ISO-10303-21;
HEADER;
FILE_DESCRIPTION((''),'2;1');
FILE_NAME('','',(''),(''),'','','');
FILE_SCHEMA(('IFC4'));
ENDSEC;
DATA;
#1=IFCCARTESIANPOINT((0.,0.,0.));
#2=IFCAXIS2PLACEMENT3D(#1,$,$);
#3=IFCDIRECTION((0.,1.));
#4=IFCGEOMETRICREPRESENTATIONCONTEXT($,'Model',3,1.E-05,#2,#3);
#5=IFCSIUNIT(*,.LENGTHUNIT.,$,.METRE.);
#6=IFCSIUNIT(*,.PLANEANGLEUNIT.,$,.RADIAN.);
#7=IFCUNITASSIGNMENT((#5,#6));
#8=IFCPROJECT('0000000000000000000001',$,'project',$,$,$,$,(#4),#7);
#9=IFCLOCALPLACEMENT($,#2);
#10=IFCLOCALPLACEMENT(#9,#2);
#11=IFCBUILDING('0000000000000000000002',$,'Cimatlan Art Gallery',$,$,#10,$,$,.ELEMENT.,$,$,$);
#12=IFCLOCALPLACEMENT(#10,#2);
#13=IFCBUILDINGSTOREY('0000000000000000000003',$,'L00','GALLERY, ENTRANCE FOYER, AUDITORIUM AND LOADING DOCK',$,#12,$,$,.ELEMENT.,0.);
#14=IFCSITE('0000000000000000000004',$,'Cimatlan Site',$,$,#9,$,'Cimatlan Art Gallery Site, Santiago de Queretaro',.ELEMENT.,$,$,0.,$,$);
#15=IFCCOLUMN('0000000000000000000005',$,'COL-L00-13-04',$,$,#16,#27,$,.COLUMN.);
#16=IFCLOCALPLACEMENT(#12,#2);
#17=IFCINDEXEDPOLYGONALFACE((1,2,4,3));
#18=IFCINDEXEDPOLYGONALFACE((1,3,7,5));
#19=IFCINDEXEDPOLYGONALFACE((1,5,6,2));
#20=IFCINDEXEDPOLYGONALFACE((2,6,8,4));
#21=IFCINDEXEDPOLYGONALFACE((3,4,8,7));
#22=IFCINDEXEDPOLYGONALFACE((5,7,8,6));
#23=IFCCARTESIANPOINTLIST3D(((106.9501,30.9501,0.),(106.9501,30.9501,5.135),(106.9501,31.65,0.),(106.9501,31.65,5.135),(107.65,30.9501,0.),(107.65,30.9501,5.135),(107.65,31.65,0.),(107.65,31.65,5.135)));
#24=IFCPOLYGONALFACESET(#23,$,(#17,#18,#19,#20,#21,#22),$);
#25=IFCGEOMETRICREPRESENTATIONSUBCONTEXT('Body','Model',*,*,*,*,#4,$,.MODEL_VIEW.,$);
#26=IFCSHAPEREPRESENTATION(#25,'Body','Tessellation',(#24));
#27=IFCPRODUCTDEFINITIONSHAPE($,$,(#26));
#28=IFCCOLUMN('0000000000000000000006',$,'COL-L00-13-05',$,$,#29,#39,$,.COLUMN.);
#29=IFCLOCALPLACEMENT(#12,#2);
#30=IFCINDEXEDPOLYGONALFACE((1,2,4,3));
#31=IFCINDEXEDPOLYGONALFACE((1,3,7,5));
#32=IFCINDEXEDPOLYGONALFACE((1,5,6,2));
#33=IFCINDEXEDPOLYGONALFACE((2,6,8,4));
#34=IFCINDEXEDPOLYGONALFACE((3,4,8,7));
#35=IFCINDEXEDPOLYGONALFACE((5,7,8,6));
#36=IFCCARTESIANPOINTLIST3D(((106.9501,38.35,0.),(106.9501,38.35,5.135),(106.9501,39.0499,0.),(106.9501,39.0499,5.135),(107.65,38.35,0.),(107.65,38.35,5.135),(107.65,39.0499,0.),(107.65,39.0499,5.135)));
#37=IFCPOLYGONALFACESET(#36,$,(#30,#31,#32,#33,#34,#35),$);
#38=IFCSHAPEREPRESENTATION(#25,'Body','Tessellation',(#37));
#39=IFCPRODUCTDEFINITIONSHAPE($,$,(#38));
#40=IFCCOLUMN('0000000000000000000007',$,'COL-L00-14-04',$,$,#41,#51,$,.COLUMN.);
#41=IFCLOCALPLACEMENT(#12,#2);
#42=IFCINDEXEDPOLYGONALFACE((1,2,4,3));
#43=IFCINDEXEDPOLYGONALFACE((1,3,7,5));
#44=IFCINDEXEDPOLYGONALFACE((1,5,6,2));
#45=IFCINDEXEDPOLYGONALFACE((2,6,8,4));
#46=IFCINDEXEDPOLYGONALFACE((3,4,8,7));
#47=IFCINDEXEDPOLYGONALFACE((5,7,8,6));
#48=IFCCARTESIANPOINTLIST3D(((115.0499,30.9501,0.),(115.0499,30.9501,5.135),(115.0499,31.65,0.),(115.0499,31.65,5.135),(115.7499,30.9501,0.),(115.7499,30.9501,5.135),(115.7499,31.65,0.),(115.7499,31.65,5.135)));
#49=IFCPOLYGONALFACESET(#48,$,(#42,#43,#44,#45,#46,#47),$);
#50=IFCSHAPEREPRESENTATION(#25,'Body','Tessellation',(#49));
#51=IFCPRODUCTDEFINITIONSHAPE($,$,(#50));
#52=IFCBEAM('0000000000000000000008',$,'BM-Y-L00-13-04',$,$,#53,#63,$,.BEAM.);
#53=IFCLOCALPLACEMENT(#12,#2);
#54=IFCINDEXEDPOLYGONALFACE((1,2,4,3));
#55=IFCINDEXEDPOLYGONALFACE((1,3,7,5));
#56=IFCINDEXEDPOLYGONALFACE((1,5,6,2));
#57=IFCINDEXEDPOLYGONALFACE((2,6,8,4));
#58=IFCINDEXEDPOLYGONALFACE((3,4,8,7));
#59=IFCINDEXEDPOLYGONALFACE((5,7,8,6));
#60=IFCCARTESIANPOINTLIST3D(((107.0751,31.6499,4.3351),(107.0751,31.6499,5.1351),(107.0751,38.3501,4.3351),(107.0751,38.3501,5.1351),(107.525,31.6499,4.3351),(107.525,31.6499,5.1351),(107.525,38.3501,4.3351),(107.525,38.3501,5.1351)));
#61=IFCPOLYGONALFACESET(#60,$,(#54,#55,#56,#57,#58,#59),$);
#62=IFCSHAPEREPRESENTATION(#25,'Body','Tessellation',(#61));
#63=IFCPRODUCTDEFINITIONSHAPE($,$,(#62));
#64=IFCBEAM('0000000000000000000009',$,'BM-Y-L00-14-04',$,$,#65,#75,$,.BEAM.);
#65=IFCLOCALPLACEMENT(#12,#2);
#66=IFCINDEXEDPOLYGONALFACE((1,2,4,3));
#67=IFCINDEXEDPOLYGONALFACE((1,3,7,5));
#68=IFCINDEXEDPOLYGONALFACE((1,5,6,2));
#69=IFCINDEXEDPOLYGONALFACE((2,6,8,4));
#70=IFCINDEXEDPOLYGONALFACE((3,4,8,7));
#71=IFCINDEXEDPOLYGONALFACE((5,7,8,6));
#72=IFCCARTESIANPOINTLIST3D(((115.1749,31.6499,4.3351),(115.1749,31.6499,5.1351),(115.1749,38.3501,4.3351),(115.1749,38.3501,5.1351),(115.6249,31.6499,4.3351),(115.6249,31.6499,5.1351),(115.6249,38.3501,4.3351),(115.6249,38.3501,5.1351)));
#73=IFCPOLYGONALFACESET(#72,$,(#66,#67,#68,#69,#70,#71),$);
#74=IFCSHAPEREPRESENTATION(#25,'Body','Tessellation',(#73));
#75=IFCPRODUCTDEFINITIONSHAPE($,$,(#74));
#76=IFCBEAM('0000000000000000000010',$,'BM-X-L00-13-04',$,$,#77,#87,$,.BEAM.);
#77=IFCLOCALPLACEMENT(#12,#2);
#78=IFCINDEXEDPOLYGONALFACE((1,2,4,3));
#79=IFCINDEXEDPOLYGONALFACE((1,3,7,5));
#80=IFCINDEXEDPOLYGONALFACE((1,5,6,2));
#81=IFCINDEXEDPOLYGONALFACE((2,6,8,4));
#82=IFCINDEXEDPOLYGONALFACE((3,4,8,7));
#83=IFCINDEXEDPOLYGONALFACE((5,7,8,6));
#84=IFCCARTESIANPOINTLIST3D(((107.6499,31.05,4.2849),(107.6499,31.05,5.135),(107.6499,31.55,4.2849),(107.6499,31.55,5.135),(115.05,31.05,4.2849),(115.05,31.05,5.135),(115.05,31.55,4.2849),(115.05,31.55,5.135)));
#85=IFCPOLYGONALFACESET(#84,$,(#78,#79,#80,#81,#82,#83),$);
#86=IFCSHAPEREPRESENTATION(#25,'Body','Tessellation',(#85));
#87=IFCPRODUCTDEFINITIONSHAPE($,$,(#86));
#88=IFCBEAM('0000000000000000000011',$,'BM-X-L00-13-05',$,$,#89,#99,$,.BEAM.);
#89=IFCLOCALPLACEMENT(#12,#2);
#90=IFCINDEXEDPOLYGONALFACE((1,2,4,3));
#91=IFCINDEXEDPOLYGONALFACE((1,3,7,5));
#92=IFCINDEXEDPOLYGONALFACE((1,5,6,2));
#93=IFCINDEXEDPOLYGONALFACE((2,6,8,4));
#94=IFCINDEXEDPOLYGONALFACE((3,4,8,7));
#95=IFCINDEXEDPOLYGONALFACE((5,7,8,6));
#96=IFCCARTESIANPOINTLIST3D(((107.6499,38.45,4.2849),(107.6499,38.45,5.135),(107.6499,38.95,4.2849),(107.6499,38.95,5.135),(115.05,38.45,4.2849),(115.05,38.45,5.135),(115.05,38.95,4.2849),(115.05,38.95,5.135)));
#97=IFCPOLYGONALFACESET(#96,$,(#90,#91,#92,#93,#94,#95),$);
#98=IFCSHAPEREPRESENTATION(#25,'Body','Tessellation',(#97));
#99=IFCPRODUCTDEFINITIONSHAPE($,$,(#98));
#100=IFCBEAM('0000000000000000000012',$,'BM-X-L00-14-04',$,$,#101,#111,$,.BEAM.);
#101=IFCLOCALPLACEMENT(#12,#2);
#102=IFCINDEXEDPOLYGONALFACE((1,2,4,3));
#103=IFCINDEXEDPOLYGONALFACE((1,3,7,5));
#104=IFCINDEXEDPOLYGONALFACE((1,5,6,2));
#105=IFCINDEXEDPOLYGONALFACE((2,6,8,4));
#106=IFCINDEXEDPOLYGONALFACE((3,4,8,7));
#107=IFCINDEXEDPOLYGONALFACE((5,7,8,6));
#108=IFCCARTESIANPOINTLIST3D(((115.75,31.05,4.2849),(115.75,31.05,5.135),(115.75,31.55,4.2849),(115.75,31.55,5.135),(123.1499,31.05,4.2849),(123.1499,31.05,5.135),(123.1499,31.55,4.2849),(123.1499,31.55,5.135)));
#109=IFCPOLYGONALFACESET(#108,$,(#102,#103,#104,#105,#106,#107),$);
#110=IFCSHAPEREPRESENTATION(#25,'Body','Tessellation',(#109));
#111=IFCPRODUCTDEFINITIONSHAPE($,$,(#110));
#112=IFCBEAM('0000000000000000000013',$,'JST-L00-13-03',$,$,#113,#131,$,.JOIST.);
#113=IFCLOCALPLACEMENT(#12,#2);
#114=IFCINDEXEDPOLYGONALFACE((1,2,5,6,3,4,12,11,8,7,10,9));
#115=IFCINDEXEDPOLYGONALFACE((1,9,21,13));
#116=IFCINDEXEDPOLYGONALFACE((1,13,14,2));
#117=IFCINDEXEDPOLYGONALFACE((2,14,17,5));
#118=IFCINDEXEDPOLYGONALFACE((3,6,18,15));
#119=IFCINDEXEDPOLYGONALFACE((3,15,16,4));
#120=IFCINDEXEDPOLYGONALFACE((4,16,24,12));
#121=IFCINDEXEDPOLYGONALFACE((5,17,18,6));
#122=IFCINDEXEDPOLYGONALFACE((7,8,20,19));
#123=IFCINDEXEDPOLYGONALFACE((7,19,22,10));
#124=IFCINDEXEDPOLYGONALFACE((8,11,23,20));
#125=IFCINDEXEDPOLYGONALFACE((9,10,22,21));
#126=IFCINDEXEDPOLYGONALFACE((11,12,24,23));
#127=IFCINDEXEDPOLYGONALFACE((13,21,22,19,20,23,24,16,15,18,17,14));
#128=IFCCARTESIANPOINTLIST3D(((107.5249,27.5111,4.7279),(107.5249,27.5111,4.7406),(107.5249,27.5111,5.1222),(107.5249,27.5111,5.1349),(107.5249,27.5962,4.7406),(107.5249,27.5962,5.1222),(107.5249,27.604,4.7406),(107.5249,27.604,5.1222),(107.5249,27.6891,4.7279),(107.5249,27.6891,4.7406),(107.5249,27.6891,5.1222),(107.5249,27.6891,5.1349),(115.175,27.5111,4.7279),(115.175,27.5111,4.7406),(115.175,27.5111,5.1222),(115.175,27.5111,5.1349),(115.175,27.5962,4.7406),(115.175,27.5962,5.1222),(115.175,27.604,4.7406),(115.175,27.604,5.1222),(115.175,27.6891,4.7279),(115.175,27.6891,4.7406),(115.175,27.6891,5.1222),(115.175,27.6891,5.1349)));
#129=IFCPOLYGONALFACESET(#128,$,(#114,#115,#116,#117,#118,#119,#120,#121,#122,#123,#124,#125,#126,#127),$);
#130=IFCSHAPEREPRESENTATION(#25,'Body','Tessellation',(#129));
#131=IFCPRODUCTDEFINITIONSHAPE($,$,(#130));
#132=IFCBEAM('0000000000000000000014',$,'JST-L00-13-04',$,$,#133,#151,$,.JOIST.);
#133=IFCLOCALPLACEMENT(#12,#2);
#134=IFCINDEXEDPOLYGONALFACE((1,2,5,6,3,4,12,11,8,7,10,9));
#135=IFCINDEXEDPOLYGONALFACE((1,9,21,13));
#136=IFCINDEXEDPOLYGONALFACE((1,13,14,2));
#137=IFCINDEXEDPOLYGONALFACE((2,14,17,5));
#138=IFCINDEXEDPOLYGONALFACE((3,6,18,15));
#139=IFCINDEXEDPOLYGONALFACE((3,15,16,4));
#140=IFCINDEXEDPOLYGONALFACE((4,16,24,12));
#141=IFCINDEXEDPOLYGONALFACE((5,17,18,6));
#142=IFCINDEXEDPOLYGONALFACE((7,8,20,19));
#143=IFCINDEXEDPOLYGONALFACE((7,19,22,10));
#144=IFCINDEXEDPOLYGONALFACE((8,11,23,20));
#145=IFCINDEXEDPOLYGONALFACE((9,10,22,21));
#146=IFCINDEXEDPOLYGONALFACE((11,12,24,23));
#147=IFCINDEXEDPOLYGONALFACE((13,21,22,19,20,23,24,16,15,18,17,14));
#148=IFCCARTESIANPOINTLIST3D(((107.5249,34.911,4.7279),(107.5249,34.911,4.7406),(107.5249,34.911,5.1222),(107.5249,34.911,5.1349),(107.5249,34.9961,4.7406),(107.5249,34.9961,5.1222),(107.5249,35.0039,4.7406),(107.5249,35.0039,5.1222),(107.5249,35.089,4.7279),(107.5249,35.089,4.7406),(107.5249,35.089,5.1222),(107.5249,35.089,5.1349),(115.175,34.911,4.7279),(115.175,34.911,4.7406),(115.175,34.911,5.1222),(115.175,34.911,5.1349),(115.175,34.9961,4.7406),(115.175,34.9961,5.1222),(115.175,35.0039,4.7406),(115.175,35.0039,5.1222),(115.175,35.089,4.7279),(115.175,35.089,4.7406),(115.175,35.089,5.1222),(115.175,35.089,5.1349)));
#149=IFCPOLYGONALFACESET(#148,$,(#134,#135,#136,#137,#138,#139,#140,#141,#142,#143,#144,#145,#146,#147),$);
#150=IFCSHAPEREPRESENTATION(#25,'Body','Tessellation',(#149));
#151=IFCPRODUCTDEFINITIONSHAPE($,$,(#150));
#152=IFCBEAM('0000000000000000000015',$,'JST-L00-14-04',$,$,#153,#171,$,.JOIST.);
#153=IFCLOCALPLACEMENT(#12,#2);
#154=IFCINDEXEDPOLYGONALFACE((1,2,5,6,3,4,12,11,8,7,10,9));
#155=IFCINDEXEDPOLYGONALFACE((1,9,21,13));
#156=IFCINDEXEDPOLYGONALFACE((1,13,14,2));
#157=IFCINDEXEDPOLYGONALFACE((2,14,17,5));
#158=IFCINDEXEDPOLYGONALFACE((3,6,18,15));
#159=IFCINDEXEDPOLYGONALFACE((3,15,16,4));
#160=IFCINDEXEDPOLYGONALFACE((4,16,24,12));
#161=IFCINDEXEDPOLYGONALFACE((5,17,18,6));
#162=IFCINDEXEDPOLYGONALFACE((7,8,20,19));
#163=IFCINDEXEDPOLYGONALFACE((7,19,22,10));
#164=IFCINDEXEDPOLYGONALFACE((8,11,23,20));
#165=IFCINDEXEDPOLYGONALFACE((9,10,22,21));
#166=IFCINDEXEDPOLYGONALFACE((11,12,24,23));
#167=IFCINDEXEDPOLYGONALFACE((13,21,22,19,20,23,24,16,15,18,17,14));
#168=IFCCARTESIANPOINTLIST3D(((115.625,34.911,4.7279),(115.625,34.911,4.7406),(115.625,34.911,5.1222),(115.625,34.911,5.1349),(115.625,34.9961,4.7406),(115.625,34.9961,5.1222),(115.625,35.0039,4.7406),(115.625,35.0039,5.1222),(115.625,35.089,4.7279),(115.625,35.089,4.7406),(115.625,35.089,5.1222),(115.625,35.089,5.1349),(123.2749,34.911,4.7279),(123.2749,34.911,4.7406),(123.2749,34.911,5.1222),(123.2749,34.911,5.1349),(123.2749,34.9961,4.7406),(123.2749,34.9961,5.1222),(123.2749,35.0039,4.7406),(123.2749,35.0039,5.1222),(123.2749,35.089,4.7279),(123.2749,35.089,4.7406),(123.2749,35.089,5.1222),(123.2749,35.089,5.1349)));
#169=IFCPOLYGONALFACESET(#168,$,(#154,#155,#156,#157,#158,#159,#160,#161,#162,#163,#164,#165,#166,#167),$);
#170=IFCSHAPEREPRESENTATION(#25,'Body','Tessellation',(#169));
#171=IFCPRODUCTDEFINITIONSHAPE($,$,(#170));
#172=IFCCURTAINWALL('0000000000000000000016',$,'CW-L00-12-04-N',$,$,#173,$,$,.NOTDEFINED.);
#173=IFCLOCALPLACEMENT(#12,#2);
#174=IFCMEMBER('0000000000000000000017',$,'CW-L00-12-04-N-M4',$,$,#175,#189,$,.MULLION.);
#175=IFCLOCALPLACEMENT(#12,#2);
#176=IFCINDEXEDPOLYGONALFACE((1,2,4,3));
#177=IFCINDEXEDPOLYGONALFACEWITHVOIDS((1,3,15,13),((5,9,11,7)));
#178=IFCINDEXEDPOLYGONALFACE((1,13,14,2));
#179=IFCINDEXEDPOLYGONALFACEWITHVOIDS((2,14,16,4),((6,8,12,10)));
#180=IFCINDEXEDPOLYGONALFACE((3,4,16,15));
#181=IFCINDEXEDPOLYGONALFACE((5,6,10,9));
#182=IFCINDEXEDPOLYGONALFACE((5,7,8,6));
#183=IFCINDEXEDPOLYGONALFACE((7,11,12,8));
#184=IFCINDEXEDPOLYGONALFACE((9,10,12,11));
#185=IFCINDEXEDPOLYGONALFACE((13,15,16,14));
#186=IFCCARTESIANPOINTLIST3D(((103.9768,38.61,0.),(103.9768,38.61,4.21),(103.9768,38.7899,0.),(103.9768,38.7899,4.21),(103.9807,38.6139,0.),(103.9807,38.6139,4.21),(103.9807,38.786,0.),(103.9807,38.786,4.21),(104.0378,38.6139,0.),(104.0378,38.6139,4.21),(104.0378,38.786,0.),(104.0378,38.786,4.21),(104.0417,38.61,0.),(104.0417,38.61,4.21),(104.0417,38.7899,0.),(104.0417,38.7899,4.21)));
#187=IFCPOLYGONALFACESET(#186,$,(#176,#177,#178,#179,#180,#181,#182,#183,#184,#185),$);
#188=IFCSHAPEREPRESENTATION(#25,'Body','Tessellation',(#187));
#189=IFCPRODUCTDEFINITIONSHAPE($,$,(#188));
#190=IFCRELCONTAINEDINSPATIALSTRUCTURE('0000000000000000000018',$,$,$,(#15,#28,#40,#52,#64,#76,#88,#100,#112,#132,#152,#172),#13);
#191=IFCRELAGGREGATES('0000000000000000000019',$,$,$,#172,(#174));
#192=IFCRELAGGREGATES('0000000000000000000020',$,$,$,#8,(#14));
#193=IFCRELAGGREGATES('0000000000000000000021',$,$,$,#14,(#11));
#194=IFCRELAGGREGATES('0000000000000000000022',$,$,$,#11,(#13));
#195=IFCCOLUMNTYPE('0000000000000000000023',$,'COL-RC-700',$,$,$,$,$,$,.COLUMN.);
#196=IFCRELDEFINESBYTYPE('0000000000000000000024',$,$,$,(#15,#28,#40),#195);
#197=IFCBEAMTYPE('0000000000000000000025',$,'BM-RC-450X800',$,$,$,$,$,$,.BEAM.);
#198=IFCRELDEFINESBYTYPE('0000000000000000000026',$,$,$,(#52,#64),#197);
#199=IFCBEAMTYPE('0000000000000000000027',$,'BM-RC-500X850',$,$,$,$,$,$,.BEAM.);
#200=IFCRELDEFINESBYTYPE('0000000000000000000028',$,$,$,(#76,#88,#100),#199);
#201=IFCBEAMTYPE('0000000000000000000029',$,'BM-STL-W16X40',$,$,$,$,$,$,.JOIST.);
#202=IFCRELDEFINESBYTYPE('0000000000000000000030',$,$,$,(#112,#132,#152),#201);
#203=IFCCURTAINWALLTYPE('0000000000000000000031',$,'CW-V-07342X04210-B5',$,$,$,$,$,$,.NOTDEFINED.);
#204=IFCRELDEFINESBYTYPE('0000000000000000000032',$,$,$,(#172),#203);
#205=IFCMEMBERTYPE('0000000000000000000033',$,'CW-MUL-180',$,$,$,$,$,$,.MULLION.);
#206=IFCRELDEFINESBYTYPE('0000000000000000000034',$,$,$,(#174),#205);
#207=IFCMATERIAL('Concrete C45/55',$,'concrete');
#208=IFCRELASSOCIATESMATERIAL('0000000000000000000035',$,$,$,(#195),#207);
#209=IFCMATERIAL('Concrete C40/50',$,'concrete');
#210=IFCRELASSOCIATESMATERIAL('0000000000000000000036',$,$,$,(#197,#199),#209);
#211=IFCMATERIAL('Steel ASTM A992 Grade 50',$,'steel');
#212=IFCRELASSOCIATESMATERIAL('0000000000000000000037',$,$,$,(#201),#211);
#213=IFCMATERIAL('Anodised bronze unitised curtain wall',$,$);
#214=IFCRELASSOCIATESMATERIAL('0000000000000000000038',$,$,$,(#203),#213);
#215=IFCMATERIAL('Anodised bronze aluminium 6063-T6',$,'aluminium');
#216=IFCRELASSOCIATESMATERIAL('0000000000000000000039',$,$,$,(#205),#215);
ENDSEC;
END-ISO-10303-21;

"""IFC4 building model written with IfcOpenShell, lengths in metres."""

from ifc_helpers import new_model, si_unit, direction, frame, origin, origin_2d, place, context, subcontext, project, spatial, rectangle, hollow_rectangle, i_section, extrude, material, material_profile, profile_set, type_object, element, aggregate, save


model = new_model("IFC4")

# Units and contexts
model_context = context("Model", 3, precision=1e-05, world=origin(), true_north=direction((0.0, 1.0)))
body_context = subcontext(model_context, "Body", "Model", "MODEL_VIEW")
ifc_project = project(units=[si_unit("LENGTHUNIT", "METRE"), si_unit("PLANEANGLEUNIT", "RADIAN")], contexts=[model_context])

# Site, building, storey
site_placement = place(None, origin())
site = spatial("IfcSite", under=ifc_project, at=site_placement, Name="Cimatlan Site", LongName="Cimatlan Art Gallery Site, Santiago de Queretaro", CompositionType="ELEMENT", RefElevation=0.0)
building_placement = place(site_placement, origin())
building = spatial("IfcBuilding", under=site, at=building_placement, Name="Cimatlan Art Gallery", CompositionType="ELEMENT")
storey_placement = place(building_placement, origin())
storey = spatial("IfcBuildingStorey", under=building, at=storey_placement, Name="L00", Description="GALLERY, ENTRANCE FOYER, AUDITORIUM AND LOADING DOCK", CompositionType="ELEMENT", Elevation=0.0)

# Columns
ifc_material_1 = material(Name="Concrete C45/55", Category="concrete")
ifc_material_profile_1 = material_profile(ifc_material_1, rectangle(XDim=0.7, YDim=0.7, at=origin_2d()), Name="RC700X700")
ifc_profile_set_1 = profile_set([ifc_material_profile_1], Name="Concrete C45/55")
column_type = type_object("IfcColumnType", Name="COL-RC-700", PredefinedType="COLUMN", material=ifc_profile_set_1)
for number, where, z_axis, x_axis, name in (
    (1, (107.3, 31.3, 0.0), (0.0, 0.0, 1.0), (1.0, 0.0, 0.0), "COL-L00-13-04"),
    (2, (107.3, 38.7, 0.0), (0.0, 0.0, 1.0), (1.0, 0.0, 0.0), "COL-L00-13-05"),
    (3, (115.3999, 31.3, 0.0), (0.0, 0.0, 1.0), (1.0, 0.0, 0.0), "COL-L00-14-04"),
):
    element("IfcColumn", number, at=place(storey_placement, frame(where, z_axis=z_axis, x_axis=x_axis)), inside=storey, type_object=column_type, Name=name, PredefinedType="COLUMN", context=body_context, shape_type="SweptSolid", body=[
        extrude(rectangle(XDim=0.7, YDim=0.7, at=origin_2d()), origin(), (0.0, 0.0, 1.0), 5.135),
    ])

# Beams
ifc_material_2 = material(Name="Concrete C40/50", Category="concrete")
ifc_material_profile_2 = material_profile(ifc_material_2, rectangle(XDim=0.45, YDim=0.8, at=origin_2d()), Name="RC450X800")
ifc_profile_set_2 = profile_set([ifc_material_profile_2], Name="Concrete C40/50")
beam_type_1 = type_object("IfcBeamType", Name="BM-RC-450X800", PredefinedType="BEAM", material=ifc_profile_set_2)
for number, where, z_axis, x_axis, name in (
    (4, (107.3, 31.6499, 4.7351), (0.0, 1.0, 0.0), (-1.0, 0.0, 0.0), "BM-Y-L00-13-04"),
    (5, (115.3999, 31.6499, 4.7351), (0.0, 1.0, 0.0), (-1.0, 0.0, 0.0), "BM-Y-L00-14-04"),
):
    element("IfcBeam", number, at=place(storey_placement, frame(where, z_axis=z_axis, x_axis=x_axis)), inside=storey, type_object=beam_type_1, Name=name, PredefinedType="BEAM", context=body_context, shape_type="SweptSolid", body=[
        extrude(rectangle(XDim=0.45, YDim=0.8, at=origin_2d()), origin(), (0.0, 0.0, 1.0), 6.7002),
    ])
ifc_material_profile_3 = material_profile(ifc_material_2, rectangle(XDim=0.5, YDim=0.8501, at=origin_2d()), Name="RC500X850")
ifc_profile_set_3 = profile_set([ifc_material_profile_3], Name="Concrete C40/50")
beam_type_2 = type_object("IfcBeamType", Name="BM-RC-500X850", PredefinedType="BEAM", material=ifc_profile_set_3)
for number, where, z_axis, x_axis, name in (
    (6, (107.6499, 31.3, 4.71), (1.0, 0.0, 0.0), (0.0, 1.0, 0.0), "BM-X-L00-13-04"),
    (7, (107.6499, 38.7, 4.71), (1.0, 0.0, 0.0), (0.0, 1.0, 0.0), "BM-X-L00-13-05"),
):
    element("IfcBeam", number, at=place(storey_placement, frame(where, z_axis=z_axis, x_axis=x_axis)), inside=storey, type_object=beam_type_2, Name=name, PredefinedType="BEAM", context=body_context, shape_type="SweptSolid", body=[
        extrude(rectangle(XDim=0.5, YDim=0.8501, at=origin_2d()), origin(), (0.0, 0.0, 1.0), 7.4001),
    ])
beam_1_placement = place(storey_placement, frame((115.75, 31.3, 4.71), z_axis=(1.0, 0.0, 0.0), x_axis=(0.0, 1.0, 0.0)))
element("IfcBeam", 8, at=beam_1_placement, inside=storey, type_object=beam_type_2, Name="BM-X-L00-14-04", PredefinedType="BEAM", context=body_context, shape_type="SweptSolid", body=[
    extrude(rectangle(XDim=0.5, YDim=0.8501, at=origin_2d()), origin(), (0.0, 0.0, 1.0), 7.3999),
])
ifc_material_3 = material(Name="Steel ASTM A992 Grade 50", Category="steel")
ifc_material_profile_4 = material_profile(ifc_material_3, i_section(OverallWidth=0.178, OverallDepth=0.407, WebThickness=0.0078, FlangeThickness=0.0127, at=origin_2d()), Name="W16X40")
ifc_profile_set_4 = profile_set([ifc_material_profile_4], Name="Steel ASTM A992 Grade 50")
beam_type_3 = type_object("IfcBeamType", Name="BM-STL-W16X40", PredefinedType="JOIST", material=ifc_profile_set_4)
for number, where, z_axis, x_axis, name in (
    (9, (107.5249, 27.6001, 4.9314), (1.0, 0.0, 0.0), (0.0, 1.0, 0.0), "JST-L00-13-03"),
    (10, (107.5249, 35.0, 4.9314), (1.0, 0.0, 0.0), (0.0, 1.0, 0.0), "JST-L00-13-04"),
):
    element("IfcBeam", number, at=place(storey_placement, frame(where, z_axis=z_axis, x_axis=x_axis)), inside=storey, type_object=beam_type_3, Name=name, PredefinedType="JOIST", context=body_context, shape_type="SweptSolid", body=[
        extrude(i_section(OverallWidth=0.178, OverallDepth=0.407, WebThickness=0.0078, FlangeThickness=0.0127, at=origin_2d()), origin(), (0.0, 0.0, 1.0), 7.6501),
    ])
beam_2_placement = place(storey_placement, frame((115.625, 35.0, 4.9314), z_axis=(1.0, 0.0, 0.0), x_axis=(0.0, 1.0, 0.0)))
element("IfcBeam", 11, at=beam_2_placement, inside=storey, type_object=beam_type_3, Name="JST-L00-14-04", PredefinedType="JOIST", context=body_context, shape_type="SweptSolid", body=[
    extrude(i_section(OverallWidth=0.178, OverallDepth=0.407, WebThickness=0.0078, FlangeThickness=0.0127, at=origin_2d()), origin(), (0.0, 0.0, 1.0), 7.6499),
])

# Curtain wall, member
ifc_material_4 = material(Name="Anodised bronze unitised curtain wall")
curtain_wall_type_1 = type_object("IfcCurtainWallType", Name="CW-V-07342X04210-B5", PredefinedType="NOTDEFINED", material=ifc_material_4)
curtain_wall_1_placement = place(storey_placement, origin())
curtain_wall_1 = element("IfcCurtainWall", 12, at=curtain_wall_1_placement, inside=storey, type_object=curtain_wall_type_1, Name="CW-L00-12-04-N", PredefinedType="NOTDEFINED")
ifc_material_5 = material(Name="Anodised bronze aluminium 6063-T6", Category="aluminium")
ifc_material_profile_5 = material_profile(ifc_material_5, hollow_rectangle(XDim=0.0649, YDim=0.1799, WallThickness=0.0039, at=origin_2d()), Name="ALU65X180X4")
ifc_profile_set_5 = profile_set([ifc_material_profile_5], Name="Anodised bronze aluminium 6063-T6")
member_type_1 = type_object("IfcMemberType", Name="CW-MUL-180", PredefinedType="MULLION", material=ifc_profile_set_5)
member_1_placement = place(storey_placement, frame((104.0093, 38.7, 0.0), z_axis=(0.0, 0.0, 1.0), x_axis=(1.0, 0.0, 0.0)))
member_1 = element("IfcMember", 13, at=member_1_placement, type_object=member_type_1, Name="CW-L00-12-04-N-M4", PredefinedType="MULLION", context=body_context, shape_type="SweptSolid", body=[
    extrude(hollow_rectangle(XDim=0.0649, YDim=0.1799, WallThickness=0.0039, at=origin_2d()), origin(), (0.0, 0.0, 1.0), 4.21),
])

aggregate(curtain_wall_1, [member_1])

save(model, "model.ifc")
